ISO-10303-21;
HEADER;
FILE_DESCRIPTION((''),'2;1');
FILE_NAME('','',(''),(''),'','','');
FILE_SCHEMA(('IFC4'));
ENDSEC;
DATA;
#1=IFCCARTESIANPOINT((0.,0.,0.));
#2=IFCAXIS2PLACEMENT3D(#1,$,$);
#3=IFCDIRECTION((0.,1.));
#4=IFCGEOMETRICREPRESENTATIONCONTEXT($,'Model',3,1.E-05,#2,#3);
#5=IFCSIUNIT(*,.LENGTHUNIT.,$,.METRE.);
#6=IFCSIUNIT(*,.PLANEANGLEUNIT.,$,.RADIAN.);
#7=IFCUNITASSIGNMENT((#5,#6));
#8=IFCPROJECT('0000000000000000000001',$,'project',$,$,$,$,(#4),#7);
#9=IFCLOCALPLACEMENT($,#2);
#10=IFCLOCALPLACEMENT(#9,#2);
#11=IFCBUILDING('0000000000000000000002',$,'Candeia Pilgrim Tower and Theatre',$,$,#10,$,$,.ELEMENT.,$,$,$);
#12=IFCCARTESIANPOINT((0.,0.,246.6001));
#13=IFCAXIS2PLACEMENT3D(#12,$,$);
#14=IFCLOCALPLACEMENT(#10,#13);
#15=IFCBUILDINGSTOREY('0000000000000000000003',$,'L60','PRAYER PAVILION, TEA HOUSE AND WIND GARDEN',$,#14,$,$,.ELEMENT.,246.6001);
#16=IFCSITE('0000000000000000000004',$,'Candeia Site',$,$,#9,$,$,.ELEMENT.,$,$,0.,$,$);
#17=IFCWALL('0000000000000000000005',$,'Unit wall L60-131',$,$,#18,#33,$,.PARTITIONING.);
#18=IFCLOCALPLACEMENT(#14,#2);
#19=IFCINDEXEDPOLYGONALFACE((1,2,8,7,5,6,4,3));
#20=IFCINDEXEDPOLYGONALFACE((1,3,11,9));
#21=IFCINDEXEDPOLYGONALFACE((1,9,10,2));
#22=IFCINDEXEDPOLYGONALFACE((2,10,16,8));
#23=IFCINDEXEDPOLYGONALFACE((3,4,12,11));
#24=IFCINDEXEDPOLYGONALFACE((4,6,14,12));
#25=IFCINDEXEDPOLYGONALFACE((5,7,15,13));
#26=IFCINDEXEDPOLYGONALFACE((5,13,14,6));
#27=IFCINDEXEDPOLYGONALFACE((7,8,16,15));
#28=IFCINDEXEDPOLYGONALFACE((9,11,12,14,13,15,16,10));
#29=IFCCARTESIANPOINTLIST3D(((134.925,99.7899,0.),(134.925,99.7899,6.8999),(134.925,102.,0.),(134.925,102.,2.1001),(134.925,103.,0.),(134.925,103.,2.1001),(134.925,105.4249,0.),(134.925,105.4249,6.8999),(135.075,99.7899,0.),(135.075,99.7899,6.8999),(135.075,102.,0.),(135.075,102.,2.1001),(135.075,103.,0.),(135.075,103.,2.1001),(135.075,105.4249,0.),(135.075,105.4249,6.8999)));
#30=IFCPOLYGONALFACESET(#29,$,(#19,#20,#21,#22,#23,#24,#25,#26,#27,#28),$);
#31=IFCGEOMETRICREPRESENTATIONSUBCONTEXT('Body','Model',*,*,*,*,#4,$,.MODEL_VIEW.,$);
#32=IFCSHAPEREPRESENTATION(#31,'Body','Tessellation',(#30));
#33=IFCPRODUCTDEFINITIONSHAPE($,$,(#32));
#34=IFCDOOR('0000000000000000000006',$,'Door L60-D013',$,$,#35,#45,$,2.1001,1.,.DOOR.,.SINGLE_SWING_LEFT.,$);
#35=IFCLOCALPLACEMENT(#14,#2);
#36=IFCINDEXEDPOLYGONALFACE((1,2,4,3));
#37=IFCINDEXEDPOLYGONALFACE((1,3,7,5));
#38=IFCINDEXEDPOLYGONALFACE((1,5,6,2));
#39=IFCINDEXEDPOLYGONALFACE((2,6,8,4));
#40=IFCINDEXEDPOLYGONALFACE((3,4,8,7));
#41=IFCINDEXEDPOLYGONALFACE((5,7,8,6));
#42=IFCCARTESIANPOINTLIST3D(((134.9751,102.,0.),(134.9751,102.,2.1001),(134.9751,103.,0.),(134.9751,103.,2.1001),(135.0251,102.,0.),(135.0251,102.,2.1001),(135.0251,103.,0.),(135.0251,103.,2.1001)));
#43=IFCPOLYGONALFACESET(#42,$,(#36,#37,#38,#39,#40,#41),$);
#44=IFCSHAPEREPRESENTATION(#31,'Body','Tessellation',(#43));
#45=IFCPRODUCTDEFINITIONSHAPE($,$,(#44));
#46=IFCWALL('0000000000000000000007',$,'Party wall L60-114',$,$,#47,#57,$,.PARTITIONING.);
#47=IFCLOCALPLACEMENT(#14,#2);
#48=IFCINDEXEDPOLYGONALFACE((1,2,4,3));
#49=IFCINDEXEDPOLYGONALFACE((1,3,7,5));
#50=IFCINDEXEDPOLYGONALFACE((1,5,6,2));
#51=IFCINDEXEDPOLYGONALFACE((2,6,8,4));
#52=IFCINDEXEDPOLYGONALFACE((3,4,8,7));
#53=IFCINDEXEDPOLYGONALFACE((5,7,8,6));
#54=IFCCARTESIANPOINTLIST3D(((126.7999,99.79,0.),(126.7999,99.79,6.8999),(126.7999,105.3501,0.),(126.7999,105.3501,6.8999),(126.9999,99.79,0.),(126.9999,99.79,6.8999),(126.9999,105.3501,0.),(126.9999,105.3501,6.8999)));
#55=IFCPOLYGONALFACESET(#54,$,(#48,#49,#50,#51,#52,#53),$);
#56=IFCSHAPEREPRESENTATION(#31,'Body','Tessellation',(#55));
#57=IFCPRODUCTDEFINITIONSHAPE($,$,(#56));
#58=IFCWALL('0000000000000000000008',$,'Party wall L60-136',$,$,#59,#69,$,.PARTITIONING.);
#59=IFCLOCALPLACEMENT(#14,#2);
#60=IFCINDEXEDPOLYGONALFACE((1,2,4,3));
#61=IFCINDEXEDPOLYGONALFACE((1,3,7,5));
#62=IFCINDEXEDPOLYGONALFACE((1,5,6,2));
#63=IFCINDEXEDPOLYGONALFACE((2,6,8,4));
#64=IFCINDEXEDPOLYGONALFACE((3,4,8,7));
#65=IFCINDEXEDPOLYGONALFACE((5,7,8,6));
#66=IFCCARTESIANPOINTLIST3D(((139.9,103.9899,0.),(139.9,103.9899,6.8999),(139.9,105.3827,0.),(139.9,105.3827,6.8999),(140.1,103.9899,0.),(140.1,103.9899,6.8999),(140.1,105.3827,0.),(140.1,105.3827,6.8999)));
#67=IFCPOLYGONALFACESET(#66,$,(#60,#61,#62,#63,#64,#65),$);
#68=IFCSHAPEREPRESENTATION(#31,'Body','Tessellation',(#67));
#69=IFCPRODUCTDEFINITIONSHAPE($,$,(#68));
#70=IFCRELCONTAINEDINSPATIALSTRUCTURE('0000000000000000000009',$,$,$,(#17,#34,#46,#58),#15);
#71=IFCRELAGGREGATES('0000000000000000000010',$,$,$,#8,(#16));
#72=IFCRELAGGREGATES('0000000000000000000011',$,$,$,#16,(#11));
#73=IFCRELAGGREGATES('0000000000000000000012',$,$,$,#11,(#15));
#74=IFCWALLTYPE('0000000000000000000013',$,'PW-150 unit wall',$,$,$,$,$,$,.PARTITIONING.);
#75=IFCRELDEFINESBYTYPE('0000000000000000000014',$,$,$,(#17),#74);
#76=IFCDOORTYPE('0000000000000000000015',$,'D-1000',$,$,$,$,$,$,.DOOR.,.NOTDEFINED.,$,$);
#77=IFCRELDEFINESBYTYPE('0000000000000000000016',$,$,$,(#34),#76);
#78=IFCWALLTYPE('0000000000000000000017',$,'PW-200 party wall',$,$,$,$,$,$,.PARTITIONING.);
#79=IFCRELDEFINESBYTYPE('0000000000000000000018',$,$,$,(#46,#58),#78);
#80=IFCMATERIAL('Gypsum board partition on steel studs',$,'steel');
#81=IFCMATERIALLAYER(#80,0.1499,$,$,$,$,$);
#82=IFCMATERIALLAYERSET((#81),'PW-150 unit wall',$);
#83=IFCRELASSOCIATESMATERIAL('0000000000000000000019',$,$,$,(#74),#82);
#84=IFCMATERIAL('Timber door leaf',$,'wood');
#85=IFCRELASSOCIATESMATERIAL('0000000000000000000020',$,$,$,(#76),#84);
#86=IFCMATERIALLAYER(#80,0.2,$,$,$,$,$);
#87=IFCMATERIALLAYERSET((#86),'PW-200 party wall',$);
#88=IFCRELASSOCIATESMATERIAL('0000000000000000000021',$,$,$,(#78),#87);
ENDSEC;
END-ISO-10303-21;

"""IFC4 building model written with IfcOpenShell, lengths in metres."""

from ifc_helpers import new_model, si_unit, direction, frame, frame_2d, origin, place, context, subcontext, project, spatial, rectangle, extrude, material, layer, layer_set, type_object, element, fill, save


model = new_model("IFC4")

# Units and contexts
model_context = context("Model", 3, precision=1e-05, world=origin(), true_north=direction((0.0, 1.0)))
body_context = subcontext(model_context, "Body", "Model", "MODEL_VIEW")
ifc_project = project(units=[si_unit("LENGTHUNIT", "METRE"), si_unit("PLANEANGLEUNIT", "RADIAN")], contexts=[model_context])

# Site, building, storey
site_placement = place(None, origin())
site = spatial("IfcSite", under=ifc_project, at=site_placement, Name="Candeia Site", CompositionType="ELEMENT", RefElevation=0.0)
building_placement = place(site_placement, origin())
building = spatial("IfcBuilding", under=site, at=building_placement, Name="Candeia Pilgrim Tower and Theatre", CompositionType="ELEMENT")
storey_placement = place(building_placement, frame((0.0, 0.0, 246.6001)))
storey = spatial("IfcBuildingStorey", under=building, at=storey_placement, Name="L60", Description="PRAYER PAVILION, TEA HOUSE AND WIND GARDEN", CompositionType="ELEMENT", Elevation=246.6001)

# Shared definitions
ifc_material_1 = material(Name="Gypsum board partition on steel studs", Category="steel")
ifc_layer_1 = layer(ifc_material_1, 0.1499)
ifc_layer_set_1 = layer_set([ifc_layer_1], Name="PW-150 unit wall")
wall_type_1 = type_object("IfcWallType", Name="PW-150 unit wall", PredefinedType="PARTITIONING", material=ifc_layer_set_1)
ifc_material_2 = material(Name="Timber door leaf", Category="wood")
door_type = type_object("IfcDoorType", Name="D-1000", OperationType="NOTDEFINED", PredefinedType="DOOR", material=ifc_material_2)

# Wall, opening, door
wall_1_placement = place(storey_placement, frame((135.0, 99.79, 0.0), z_axis=(0.0, 0.0, 1.0), x_axis=(0.0, 1.0, 0.0)))
wall_1 = element("IfcWall", 1, at=wall_1_placement, inside=storey, type_object=wall_type_1, Name="Unit wall L60-131", PredefinedType="PARTITIONING", context=body_context, shape_type="SweptSolid", body=[
    extrude(rectangle(XDim=5.635, YDim=0.1499, at=frame_2d((2.8174, 0.0))), origin(), (0.0, 0.0, 1.0), 6.8999),
])
opening_1_placement = place(wall_1_placement, frame((2.21, 0.0, 0.0)))
opening_1 = element("IfcOpeningElement", 2, at=opening_1_placement, cuts=wall_1, PredefinedType="OPENING", context=body_context, shape_type="SweptSolid", body=[
    extrude(rectangle(XDim=1.0, YDim=2.1001, at=frame_2d((0.5, 1.05))), frame((0.0, 0.085, 0.0), z_axis=(0.0, -1.0, 0.0), x_axis=(1.0, 0.0, 0.0)), (0.0, 0.0, 1.0), 0.1699),
])
door_1_placement = place(opening_1_placement, origin())
door_1 = element("IfcDoor", 3, at=door_1_placement, inside=storey, type_object=door_type, Name="Door L60-D013", OperationType="SINGLE_SWING_LEFT", OverallHeight=2.1001, OverallWidth=1.0, PredefinedType="DOOR", context=body_context, shape_type="SweptSolid", body=[
    extrude(rectangle(XDim=1.0, YDim=2.1001, at=frame_2d((0.5, 1.05))), frame((0.0, 0.0249, 0.0), z_axis=(0.0, -1.0, 0.0), x_axis=(1.0, 0.0, 0.0)), (0.0, 0.0, 1.0), 0.05),
])
fill(opening_1, door_1)

# Walls
ifc_layer_2 = layer(ifc_material_1, 0.2)
ifc_layer_set_2 = layer_set([ifc_layer_2], Name="PW-200 party wall")
wall_type_2 = type_object("IfcWallType", Name="PW-200 party wall", PredefinedType="PARTITIONING", material=ifc_layer_set_2)
wall_2_placement = place(storey_placement, frame((126.8999, 99.79, 0.0), z_axis=(0.0, 0.0, 1.0), x_axis=(0.0, 1.0, 0.0)))
element("IfcWall", 4, at=wall_2_placement, inside=storey, type_object=wall_type_2, Name="Party wall L60-114", PredefinedType="PARTITIONING", context=body_context, shape_type="SweptSolid", body=[
    extrude(rectangle(XDim=5.5601, YDim=0.2, at=frame_2d((2.78, 0.0))), origin(), (0.0, 0.0, 1.0), 6.8999),
])
wall_3_placement = place(storey_placement, frame((140.0, 103.99, 0.0), z_axis=(0.0, 0.0, 1.0), x_axis=(0.0, 1.0, 0.0)))
element("IfcWall", 5, at=wall_3_placement, inside=storey, type_object=wall_type_2, Name="Party wall L60-136", PredefinedType="PARTITIONING", context=body_context, shape_type="SweptSolid", body=[
    extrude(rectangle(XDim=1.3928, YDim=0.2, at=frame_2d((0.6963, 0.0))), origin(), (0.0, 0.0, 1.0), 6.8999),
])

save(model, "model.ifc")
